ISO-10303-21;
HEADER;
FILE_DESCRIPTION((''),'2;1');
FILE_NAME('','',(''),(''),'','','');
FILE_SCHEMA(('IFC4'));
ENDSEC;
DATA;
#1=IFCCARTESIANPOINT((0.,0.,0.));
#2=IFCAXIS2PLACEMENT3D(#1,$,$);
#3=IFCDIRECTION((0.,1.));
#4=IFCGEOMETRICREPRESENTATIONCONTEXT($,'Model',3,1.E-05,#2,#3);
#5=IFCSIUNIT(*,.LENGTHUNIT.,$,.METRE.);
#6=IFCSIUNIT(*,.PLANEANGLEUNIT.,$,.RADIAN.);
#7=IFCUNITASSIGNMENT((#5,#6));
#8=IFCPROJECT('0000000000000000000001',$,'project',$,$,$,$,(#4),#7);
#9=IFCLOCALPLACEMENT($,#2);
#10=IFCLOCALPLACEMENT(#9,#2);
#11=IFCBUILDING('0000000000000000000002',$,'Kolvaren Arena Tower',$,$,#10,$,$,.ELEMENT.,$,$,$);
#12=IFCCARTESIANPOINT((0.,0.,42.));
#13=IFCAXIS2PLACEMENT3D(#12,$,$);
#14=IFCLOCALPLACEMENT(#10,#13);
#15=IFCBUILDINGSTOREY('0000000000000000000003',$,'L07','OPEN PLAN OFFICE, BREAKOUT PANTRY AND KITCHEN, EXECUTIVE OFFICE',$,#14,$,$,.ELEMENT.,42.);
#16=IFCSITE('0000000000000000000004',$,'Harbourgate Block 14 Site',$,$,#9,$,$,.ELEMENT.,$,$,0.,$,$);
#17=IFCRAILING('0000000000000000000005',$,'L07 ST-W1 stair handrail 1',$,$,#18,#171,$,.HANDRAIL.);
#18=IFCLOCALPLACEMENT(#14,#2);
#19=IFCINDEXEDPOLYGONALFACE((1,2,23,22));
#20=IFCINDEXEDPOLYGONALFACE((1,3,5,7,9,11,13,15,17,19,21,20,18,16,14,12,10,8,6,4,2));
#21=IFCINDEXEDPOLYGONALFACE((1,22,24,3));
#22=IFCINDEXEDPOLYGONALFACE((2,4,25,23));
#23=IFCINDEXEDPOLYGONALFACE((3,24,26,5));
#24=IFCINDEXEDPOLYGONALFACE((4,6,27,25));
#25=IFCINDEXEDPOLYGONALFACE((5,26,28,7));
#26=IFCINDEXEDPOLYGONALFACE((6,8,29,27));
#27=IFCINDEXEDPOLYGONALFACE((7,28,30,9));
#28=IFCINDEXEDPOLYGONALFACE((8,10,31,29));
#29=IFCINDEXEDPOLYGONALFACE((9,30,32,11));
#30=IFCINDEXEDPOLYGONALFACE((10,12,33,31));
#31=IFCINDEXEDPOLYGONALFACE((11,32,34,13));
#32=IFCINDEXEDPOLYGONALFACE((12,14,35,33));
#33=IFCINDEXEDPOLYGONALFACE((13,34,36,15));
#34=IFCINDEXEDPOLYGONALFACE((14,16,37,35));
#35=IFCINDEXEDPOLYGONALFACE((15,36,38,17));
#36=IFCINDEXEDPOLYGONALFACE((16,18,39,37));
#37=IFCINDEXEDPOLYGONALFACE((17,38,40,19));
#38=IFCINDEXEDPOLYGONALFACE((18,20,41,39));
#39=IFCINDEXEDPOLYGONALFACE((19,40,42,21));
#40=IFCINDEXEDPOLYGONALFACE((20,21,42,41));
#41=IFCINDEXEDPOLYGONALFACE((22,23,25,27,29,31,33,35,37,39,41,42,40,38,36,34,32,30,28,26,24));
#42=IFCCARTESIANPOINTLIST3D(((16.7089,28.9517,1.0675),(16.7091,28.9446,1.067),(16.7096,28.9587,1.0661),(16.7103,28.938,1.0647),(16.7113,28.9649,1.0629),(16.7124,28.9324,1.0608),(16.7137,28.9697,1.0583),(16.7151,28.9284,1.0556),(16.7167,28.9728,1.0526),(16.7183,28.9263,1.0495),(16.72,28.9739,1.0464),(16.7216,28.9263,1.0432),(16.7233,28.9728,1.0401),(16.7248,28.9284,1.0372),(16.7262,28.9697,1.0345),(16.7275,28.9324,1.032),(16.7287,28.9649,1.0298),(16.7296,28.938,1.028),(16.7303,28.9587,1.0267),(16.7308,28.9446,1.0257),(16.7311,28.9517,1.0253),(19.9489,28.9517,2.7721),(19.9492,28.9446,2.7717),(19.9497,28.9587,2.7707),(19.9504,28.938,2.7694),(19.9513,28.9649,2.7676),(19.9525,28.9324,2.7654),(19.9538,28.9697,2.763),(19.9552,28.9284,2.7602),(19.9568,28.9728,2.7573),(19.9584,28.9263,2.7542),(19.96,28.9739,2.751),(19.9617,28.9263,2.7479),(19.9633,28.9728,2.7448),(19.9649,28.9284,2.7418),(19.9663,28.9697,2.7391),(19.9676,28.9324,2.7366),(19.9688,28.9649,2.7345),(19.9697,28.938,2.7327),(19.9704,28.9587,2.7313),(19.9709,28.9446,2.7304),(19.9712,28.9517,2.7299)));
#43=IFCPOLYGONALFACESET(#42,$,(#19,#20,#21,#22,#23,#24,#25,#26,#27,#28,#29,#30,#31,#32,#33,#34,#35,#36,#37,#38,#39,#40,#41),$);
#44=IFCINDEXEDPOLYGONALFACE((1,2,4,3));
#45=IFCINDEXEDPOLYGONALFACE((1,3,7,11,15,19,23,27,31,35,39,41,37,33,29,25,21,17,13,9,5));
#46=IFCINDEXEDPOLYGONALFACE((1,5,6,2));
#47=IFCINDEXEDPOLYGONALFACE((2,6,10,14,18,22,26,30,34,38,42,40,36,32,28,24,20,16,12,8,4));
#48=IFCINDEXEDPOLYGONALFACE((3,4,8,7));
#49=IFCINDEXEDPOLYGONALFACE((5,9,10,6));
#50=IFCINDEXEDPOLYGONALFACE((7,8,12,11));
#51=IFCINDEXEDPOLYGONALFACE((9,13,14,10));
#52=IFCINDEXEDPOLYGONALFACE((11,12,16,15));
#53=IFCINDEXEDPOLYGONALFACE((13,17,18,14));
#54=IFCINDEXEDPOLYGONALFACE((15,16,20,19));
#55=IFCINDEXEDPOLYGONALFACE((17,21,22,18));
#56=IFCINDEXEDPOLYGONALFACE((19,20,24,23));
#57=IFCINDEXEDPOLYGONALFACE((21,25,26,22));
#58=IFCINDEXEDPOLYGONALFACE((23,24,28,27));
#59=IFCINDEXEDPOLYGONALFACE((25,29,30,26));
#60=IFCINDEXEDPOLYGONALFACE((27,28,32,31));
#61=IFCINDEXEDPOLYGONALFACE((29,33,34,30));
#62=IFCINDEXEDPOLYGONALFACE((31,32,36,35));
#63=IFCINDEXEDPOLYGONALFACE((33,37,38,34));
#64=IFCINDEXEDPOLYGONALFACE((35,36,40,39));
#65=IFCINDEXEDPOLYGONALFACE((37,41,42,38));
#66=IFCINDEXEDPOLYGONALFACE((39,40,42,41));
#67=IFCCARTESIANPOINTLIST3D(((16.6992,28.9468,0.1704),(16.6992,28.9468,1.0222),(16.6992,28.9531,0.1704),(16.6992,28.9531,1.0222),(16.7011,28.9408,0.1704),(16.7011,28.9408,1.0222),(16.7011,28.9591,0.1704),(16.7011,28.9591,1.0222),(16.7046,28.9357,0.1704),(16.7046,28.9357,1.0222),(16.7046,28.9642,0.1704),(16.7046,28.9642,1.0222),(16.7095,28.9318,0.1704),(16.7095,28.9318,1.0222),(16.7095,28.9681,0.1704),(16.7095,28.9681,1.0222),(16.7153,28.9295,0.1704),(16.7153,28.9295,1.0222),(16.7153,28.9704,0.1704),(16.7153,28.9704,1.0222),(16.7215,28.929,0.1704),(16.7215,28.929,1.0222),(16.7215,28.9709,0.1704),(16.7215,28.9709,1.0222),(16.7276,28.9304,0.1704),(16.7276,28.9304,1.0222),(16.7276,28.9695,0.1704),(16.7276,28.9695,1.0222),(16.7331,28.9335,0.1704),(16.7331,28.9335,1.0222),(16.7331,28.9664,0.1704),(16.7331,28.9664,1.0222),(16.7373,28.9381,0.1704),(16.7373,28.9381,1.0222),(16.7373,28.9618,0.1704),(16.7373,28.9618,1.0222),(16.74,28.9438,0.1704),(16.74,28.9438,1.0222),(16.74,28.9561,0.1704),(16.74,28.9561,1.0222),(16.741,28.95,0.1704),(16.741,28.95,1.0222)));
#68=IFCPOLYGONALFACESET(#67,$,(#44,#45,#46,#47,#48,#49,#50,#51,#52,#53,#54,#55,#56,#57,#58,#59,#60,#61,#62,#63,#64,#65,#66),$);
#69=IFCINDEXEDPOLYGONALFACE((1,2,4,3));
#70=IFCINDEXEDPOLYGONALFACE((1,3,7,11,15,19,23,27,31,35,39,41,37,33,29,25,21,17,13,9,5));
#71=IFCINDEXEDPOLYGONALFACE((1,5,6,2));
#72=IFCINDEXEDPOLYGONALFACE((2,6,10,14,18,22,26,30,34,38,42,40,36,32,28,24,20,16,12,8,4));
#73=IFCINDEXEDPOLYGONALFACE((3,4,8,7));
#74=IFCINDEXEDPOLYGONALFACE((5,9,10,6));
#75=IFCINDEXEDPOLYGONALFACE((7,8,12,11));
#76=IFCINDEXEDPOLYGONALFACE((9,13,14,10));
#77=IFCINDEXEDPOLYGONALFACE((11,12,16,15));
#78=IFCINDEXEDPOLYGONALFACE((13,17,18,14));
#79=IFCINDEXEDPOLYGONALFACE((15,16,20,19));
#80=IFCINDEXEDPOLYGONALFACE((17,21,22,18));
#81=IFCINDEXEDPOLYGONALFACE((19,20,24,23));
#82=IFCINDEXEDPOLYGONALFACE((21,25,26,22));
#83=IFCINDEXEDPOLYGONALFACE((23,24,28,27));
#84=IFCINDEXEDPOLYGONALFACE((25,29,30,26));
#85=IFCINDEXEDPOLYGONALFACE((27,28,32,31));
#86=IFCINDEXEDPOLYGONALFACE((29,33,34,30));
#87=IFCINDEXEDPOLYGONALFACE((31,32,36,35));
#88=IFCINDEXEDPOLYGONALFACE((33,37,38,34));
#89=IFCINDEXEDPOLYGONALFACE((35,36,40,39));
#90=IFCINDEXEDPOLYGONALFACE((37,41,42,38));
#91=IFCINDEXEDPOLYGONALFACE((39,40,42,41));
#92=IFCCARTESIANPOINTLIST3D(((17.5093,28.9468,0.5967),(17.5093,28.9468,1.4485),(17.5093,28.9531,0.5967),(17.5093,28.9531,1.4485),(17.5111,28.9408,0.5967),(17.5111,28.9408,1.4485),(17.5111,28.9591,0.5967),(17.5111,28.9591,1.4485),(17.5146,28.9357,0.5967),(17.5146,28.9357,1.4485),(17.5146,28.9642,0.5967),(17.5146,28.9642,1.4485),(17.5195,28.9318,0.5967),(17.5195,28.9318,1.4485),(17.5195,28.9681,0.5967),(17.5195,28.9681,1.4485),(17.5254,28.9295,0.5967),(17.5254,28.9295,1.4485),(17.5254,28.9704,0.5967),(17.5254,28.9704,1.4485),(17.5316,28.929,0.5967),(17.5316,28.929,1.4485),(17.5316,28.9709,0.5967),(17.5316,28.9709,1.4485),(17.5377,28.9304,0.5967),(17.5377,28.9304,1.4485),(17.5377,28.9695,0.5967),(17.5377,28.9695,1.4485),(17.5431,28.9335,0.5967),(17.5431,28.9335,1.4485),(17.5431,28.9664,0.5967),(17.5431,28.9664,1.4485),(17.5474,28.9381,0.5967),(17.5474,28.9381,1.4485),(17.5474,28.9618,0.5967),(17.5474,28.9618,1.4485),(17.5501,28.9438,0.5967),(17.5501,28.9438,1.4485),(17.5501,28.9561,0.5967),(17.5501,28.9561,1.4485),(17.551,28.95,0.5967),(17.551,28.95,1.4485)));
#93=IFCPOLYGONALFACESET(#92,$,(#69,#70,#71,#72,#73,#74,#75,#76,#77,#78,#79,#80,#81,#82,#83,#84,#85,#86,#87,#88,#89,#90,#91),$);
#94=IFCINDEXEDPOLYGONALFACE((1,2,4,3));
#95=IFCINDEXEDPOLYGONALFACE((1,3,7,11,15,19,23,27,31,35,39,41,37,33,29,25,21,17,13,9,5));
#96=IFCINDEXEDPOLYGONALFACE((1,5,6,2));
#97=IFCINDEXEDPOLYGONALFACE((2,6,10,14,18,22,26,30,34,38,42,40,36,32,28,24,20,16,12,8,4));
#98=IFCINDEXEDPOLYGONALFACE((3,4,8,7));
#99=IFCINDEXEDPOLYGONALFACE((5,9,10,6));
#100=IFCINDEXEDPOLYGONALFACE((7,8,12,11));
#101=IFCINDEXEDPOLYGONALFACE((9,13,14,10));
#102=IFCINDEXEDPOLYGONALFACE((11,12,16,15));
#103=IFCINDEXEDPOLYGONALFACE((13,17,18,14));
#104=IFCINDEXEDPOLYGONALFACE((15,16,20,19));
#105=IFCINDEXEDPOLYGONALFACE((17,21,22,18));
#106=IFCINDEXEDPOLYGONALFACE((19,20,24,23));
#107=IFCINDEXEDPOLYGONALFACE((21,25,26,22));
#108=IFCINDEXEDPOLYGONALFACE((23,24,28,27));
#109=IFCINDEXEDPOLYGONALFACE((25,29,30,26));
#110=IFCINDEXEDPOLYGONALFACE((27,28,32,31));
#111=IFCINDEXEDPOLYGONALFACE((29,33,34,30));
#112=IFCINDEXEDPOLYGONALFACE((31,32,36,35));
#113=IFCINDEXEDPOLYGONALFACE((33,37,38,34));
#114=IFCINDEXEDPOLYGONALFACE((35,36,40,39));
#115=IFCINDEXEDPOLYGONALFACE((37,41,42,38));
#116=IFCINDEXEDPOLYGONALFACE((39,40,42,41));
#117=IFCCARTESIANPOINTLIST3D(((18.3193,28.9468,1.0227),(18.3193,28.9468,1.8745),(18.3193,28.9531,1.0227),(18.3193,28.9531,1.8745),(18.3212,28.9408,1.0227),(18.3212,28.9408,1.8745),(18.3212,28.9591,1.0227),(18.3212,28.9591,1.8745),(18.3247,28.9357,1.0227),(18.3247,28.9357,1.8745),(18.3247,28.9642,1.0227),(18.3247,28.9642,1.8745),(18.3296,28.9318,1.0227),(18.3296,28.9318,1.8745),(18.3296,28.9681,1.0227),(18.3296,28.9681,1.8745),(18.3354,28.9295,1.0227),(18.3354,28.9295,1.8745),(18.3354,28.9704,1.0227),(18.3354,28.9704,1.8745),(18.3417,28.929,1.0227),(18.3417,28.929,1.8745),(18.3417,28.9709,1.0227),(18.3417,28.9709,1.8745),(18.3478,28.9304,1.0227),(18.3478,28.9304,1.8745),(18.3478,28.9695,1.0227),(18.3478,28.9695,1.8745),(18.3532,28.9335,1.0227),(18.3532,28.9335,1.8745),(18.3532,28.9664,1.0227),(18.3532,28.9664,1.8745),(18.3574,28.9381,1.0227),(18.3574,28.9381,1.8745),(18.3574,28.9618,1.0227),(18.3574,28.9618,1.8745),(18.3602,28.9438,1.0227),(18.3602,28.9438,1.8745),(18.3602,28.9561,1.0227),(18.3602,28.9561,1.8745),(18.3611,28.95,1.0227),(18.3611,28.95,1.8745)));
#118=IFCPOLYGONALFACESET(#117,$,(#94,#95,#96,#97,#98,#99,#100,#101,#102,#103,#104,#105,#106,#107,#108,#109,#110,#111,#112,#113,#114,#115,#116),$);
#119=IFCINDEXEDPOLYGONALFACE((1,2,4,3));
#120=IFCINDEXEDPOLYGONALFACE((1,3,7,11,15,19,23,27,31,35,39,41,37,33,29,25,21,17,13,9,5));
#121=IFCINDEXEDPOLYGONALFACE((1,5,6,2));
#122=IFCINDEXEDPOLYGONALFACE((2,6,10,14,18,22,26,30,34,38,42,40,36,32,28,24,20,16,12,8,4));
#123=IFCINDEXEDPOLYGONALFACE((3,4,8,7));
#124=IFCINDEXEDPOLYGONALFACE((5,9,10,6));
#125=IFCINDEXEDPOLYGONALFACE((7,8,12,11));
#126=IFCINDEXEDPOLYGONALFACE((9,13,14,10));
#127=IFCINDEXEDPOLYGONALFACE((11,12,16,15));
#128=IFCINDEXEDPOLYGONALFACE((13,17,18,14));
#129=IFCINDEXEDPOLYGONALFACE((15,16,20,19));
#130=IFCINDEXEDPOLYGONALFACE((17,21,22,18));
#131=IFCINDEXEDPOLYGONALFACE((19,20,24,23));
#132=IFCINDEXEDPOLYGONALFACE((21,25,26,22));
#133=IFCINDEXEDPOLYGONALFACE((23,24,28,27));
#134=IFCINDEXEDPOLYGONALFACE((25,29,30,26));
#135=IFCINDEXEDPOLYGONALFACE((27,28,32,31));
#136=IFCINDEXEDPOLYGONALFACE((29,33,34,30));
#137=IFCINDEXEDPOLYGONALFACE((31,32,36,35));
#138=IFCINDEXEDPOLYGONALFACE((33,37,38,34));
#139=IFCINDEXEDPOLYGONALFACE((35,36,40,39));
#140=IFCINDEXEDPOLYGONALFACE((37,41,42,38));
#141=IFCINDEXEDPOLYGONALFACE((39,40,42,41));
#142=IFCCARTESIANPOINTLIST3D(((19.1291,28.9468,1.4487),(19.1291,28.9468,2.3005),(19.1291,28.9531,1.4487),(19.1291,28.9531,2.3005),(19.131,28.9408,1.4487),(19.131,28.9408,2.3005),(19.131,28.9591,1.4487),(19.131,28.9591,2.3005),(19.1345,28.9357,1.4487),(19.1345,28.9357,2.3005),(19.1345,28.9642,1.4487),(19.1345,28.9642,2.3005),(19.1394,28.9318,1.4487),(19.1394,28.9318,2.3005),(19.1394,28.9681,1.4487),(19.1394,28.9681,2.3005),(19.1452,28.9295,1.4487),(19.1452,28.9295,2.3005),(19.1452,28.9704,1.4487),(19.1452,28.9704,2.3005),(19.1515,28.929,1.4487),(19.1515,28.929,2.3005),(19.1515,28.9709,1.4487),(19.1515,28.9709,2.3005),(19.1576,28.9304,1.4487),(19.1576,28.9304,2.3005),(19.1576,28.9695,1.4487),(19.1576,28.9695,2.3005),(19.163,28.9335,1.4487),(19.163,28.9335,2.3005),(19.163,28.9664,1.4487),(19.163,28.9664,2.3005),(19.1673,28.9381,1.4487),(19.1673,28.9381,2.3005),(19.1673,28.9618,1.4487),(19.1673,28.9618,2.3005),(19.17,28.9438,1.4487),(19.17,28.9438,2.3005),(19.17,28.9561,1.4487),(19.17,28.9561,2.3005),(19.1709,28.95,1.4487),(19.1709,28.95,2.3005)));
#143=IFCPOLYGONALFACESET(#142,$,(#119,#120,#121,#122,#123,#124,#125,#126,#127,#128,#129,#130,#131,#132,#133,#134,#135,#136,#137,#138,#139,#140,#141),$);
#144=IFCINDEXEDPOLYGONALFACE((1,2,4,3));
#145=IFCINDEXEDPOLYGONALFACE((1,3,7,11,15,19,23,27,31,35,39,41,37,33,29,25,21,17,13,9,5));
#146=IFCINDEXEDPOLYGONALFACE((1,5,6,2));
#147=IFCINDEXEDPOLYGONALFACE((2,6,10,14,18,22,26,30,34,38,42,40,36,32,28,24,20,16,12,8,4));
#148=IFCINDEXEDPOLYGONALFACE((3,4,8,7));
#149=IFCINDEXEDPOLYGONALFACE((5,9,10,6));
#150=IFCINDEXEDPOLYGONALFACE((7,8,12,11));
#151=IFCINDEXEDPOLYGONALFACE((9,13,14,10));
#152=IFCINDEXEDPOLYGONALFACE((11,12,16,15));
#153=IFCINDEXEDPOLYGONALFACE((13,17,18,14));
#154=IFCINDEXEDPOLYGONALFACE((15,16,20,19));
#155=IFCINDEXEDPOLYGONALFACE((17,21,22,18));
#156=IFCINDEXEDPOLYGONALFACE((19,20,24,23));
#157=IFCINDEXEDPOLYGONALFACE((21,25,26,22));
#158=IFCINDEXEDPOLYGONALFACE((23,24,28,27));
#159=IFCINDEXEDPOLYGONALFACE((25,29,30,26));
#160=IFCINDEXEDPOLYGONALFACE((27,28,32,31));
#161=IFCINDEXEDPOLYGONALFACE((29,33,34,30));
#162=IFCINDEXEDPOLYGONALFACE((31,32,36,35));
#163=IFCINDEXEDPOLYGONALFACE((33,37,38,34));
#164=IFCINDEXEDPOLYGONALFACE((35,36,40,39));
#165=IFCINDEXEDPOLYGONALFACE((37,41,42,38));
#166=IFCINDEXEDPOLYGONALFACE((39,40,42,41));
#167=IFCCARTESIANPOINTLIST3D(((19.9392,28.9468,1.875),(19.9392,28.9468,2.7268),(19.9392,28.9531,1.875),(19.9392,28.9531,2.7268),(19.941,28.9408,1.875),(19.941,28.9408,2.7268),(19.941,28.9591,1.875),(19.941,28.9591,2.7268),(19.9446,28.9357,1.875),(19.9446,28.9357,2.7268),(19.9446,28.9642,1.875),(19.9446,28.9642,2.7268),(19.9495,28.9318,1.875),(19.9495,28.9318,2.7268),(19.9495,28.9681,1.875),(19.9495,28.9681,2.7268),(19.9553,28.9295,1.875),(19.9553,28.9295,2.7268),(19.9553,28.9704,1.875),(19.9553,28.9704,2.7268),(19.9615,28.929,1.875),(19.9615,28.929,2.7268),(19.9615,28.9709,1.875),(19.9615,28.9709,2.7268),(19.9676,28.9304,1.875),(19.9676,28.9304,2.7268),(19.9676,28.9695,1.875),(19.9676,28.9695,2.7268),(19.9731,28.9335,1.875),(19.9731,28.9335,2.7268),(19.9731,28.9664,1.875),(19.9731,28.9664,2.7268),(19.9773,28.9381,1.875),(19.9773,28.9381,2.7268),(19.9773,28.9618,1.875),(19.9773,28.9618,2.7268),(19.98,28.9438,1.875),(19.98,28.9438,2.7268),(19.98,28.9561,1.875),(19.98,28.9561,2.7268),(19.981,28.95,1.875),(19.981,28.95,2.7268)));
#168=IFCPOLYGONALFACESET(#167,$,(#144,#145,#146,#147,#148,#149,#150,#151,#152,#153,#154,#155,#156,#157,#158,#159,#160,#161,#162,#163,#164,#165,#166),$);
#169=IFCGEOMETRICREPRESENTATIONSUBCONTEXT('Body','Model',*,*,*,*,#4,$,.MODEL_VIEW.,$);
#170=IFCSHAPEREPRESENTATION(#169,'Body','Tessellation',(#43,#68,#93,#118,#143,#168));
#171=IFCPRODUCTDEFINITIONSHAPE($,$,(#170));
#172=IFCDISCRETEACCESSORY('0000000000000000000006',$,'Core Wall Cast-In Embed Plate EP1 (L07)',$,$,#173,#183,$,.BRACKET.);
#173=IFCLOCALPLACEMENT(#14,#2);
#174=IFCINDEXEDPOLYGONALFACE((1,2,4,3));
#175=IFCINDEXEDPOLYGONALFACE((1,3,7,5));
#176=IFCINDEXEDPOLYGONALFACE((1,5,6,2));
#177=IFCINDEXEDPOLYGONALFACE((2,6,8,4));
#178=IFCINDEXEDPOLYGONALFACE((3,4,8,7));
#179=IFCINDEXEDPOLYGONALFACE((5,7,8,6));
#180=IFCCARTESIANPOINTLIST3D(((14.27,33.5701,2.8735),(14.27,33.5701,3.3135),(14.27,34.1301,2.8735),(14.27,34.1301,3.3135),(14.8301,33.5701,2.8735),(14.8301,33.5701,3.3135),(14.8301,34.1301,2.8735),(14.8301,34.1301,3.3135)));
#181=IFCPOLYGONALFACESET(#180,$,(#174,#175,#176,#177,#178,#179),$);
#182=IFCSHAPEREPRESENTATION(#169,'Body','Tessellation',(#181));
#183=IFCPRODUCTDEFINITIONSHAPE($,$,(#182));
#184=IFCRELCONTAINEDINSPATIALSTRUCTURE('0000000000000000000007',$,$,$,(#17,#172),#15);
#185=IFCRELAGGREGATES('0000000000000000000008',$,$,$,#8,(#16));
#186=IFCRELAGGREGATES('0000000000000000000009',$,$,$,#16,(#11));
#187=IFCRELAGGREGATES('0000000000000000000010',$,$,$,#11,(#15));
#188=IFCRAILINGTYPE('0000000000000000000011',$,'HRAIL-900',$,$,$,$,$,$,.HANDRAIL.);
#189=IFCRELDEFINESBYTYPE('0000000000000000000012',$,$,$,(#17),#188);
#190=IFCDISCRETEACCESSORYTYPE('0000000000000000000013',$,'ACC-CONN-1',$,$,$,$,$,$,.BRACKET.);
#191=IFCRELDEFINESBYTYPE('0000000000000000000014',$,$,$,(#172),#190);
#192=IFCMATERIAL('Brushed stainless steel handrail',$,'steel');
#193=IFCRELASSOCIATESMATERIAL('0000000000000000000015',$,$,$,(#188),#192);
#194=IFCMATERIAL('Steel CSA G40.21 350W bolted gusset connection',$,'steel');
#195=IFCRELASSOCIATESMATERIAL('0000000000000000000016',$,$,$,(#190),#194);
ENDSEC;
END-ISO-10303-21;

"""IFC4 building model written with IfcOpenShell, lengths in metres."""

from ifc_helpers import new_model, si_unit, direction, frame, origin, origin_2d, place, context, subcontext, project, spatial, rectangle, circle, extrude, material, type_object, element, save


model = new_model("IFC4")

# Units and contexts
model_context = context("Model", 3, precision=1e-05, world=origin(), true_north=direction((0.0, 1.0)))
body_context = subcontext(model_context, "Body", "Model", "MODEL_VIEW")
ifc_project = project(units=[si_unit("LENGTHUNIT", "METRE"), si_unit("PLANEANGLEUNIT", "RADIAN")], contexts=[model_context])

# Site, building, storey
site_placement = place(None, origin())
site = spatial("IfcSite", under=ifc_project, at=site_placement, Name="Harbourgate Block 14 Site", CompositionType="ELEMENT", RefElevation=0.0)
building_placement = place(site_placement, origin())
building = spatial("IfcBuilding", under=site, at=building_placement, Name="Kolvaren Arena Tower", CompositionType="ELEMENT")
storey_placement = place(building_placement, frame((0.0, 0.0, 42.0)))
storey = spatial("IfcBuildingStorey", under=building, at=storey_placement, Name="L07", Description="OPEN PLAN OFFICE, BREAKOUT PANTRY AND KITCHEN, EXECUTIVE OFFICE", CompositionType="ELEMENT", Elevation=42.0)

# Railing
ifc_material_1 = material(Name="Brushed stainless steel handrail", Category="steel")
railing_type_1 = type_object("IfcRailingType", Name="HRAIL-900", PredefinedType="HANDRAIL", material=ifc_material_1)
railing_1_placement = place(storey_placement, frame((16.72, 28.95, 0.1704)))
element("IfcRailing", 1, at=railing_1_placement, inside=storey, type_object=railing_type_1, Name="L07 ST-W1 stair handrail 1", PredefinedType="HANDRAIL", context=body_context, shape_type="SweptSolid", body=[
    extrude(circle(Radius=0.0239, at=origin_2d()), frame((0.0, 0.0, 0.876), z_axis=(0.884993, 0.0, 0.465604), x_axis=(0.0, 1.0, 0.0)), (0.0, 0.0, 1.0), 3.6611),
    extrude(circle(Radius=0.021, at=origin_2d()), origin(), (0.0, 0.0, 1.0), 0.8518),
    extrude(circle(Radius=0.021, at=origin_2d()), frame((0.8101, 0.0, 0.4263)), (0.0, 0.0, 1.0), 0.8518),
    extrude(circle(Radius=0.021, at=origin_2d()), frame((1.6201, 0.0, 0.8523)), (0.0, 0.0, 1.0), 0.8518),
    extrude(circle(Radius=0.021, at=origin_2d()), frame((2.4299, 0.0, 1.2783)), (0.0, 0.0, 1.0), 0.8518),
    extrude(circle(Radius=0.021, at=origin_2d()), frame((3.24, 0.0, 1.7046)), (0.0, 0.0, 1.0), 0.8518),
])

# Discrete accessory
ifc_material_2 = material(Name="Steel CSA G40.21 350W bolted gusset connection", Category="steel")
discrete_accessory_type = type_object("IfcDiscreteAccessoryType", Name="ACC-CONN-1", PredefinedType="BRACKET", material=ifc_material_2)
discrete_accessory_placement = place(storey_placement, frame((14.55, 33.8501, 2.8735), z_axis=(0.0, 0.0, 1.0), x_axis=(1.0, 0.0, 0.0)))
element("IfcDiscreteAccessory", 2, at=discrete_accessory_placement, inside=storey, type_object=discrete_accessory_type, Name="Core Wall Cast-In Embed Plate EP1 (L07)", PredefinedType="BRACKET", context=body_context, shape_type="SweptSolid", body=[
    extrude(rectangle(XDim=0.5601, YDim=0.5601, at=origin_2d()), origin(), (0.0, 0.0, 1.0), 0.4399),
])

save(model, "model.ifc")
